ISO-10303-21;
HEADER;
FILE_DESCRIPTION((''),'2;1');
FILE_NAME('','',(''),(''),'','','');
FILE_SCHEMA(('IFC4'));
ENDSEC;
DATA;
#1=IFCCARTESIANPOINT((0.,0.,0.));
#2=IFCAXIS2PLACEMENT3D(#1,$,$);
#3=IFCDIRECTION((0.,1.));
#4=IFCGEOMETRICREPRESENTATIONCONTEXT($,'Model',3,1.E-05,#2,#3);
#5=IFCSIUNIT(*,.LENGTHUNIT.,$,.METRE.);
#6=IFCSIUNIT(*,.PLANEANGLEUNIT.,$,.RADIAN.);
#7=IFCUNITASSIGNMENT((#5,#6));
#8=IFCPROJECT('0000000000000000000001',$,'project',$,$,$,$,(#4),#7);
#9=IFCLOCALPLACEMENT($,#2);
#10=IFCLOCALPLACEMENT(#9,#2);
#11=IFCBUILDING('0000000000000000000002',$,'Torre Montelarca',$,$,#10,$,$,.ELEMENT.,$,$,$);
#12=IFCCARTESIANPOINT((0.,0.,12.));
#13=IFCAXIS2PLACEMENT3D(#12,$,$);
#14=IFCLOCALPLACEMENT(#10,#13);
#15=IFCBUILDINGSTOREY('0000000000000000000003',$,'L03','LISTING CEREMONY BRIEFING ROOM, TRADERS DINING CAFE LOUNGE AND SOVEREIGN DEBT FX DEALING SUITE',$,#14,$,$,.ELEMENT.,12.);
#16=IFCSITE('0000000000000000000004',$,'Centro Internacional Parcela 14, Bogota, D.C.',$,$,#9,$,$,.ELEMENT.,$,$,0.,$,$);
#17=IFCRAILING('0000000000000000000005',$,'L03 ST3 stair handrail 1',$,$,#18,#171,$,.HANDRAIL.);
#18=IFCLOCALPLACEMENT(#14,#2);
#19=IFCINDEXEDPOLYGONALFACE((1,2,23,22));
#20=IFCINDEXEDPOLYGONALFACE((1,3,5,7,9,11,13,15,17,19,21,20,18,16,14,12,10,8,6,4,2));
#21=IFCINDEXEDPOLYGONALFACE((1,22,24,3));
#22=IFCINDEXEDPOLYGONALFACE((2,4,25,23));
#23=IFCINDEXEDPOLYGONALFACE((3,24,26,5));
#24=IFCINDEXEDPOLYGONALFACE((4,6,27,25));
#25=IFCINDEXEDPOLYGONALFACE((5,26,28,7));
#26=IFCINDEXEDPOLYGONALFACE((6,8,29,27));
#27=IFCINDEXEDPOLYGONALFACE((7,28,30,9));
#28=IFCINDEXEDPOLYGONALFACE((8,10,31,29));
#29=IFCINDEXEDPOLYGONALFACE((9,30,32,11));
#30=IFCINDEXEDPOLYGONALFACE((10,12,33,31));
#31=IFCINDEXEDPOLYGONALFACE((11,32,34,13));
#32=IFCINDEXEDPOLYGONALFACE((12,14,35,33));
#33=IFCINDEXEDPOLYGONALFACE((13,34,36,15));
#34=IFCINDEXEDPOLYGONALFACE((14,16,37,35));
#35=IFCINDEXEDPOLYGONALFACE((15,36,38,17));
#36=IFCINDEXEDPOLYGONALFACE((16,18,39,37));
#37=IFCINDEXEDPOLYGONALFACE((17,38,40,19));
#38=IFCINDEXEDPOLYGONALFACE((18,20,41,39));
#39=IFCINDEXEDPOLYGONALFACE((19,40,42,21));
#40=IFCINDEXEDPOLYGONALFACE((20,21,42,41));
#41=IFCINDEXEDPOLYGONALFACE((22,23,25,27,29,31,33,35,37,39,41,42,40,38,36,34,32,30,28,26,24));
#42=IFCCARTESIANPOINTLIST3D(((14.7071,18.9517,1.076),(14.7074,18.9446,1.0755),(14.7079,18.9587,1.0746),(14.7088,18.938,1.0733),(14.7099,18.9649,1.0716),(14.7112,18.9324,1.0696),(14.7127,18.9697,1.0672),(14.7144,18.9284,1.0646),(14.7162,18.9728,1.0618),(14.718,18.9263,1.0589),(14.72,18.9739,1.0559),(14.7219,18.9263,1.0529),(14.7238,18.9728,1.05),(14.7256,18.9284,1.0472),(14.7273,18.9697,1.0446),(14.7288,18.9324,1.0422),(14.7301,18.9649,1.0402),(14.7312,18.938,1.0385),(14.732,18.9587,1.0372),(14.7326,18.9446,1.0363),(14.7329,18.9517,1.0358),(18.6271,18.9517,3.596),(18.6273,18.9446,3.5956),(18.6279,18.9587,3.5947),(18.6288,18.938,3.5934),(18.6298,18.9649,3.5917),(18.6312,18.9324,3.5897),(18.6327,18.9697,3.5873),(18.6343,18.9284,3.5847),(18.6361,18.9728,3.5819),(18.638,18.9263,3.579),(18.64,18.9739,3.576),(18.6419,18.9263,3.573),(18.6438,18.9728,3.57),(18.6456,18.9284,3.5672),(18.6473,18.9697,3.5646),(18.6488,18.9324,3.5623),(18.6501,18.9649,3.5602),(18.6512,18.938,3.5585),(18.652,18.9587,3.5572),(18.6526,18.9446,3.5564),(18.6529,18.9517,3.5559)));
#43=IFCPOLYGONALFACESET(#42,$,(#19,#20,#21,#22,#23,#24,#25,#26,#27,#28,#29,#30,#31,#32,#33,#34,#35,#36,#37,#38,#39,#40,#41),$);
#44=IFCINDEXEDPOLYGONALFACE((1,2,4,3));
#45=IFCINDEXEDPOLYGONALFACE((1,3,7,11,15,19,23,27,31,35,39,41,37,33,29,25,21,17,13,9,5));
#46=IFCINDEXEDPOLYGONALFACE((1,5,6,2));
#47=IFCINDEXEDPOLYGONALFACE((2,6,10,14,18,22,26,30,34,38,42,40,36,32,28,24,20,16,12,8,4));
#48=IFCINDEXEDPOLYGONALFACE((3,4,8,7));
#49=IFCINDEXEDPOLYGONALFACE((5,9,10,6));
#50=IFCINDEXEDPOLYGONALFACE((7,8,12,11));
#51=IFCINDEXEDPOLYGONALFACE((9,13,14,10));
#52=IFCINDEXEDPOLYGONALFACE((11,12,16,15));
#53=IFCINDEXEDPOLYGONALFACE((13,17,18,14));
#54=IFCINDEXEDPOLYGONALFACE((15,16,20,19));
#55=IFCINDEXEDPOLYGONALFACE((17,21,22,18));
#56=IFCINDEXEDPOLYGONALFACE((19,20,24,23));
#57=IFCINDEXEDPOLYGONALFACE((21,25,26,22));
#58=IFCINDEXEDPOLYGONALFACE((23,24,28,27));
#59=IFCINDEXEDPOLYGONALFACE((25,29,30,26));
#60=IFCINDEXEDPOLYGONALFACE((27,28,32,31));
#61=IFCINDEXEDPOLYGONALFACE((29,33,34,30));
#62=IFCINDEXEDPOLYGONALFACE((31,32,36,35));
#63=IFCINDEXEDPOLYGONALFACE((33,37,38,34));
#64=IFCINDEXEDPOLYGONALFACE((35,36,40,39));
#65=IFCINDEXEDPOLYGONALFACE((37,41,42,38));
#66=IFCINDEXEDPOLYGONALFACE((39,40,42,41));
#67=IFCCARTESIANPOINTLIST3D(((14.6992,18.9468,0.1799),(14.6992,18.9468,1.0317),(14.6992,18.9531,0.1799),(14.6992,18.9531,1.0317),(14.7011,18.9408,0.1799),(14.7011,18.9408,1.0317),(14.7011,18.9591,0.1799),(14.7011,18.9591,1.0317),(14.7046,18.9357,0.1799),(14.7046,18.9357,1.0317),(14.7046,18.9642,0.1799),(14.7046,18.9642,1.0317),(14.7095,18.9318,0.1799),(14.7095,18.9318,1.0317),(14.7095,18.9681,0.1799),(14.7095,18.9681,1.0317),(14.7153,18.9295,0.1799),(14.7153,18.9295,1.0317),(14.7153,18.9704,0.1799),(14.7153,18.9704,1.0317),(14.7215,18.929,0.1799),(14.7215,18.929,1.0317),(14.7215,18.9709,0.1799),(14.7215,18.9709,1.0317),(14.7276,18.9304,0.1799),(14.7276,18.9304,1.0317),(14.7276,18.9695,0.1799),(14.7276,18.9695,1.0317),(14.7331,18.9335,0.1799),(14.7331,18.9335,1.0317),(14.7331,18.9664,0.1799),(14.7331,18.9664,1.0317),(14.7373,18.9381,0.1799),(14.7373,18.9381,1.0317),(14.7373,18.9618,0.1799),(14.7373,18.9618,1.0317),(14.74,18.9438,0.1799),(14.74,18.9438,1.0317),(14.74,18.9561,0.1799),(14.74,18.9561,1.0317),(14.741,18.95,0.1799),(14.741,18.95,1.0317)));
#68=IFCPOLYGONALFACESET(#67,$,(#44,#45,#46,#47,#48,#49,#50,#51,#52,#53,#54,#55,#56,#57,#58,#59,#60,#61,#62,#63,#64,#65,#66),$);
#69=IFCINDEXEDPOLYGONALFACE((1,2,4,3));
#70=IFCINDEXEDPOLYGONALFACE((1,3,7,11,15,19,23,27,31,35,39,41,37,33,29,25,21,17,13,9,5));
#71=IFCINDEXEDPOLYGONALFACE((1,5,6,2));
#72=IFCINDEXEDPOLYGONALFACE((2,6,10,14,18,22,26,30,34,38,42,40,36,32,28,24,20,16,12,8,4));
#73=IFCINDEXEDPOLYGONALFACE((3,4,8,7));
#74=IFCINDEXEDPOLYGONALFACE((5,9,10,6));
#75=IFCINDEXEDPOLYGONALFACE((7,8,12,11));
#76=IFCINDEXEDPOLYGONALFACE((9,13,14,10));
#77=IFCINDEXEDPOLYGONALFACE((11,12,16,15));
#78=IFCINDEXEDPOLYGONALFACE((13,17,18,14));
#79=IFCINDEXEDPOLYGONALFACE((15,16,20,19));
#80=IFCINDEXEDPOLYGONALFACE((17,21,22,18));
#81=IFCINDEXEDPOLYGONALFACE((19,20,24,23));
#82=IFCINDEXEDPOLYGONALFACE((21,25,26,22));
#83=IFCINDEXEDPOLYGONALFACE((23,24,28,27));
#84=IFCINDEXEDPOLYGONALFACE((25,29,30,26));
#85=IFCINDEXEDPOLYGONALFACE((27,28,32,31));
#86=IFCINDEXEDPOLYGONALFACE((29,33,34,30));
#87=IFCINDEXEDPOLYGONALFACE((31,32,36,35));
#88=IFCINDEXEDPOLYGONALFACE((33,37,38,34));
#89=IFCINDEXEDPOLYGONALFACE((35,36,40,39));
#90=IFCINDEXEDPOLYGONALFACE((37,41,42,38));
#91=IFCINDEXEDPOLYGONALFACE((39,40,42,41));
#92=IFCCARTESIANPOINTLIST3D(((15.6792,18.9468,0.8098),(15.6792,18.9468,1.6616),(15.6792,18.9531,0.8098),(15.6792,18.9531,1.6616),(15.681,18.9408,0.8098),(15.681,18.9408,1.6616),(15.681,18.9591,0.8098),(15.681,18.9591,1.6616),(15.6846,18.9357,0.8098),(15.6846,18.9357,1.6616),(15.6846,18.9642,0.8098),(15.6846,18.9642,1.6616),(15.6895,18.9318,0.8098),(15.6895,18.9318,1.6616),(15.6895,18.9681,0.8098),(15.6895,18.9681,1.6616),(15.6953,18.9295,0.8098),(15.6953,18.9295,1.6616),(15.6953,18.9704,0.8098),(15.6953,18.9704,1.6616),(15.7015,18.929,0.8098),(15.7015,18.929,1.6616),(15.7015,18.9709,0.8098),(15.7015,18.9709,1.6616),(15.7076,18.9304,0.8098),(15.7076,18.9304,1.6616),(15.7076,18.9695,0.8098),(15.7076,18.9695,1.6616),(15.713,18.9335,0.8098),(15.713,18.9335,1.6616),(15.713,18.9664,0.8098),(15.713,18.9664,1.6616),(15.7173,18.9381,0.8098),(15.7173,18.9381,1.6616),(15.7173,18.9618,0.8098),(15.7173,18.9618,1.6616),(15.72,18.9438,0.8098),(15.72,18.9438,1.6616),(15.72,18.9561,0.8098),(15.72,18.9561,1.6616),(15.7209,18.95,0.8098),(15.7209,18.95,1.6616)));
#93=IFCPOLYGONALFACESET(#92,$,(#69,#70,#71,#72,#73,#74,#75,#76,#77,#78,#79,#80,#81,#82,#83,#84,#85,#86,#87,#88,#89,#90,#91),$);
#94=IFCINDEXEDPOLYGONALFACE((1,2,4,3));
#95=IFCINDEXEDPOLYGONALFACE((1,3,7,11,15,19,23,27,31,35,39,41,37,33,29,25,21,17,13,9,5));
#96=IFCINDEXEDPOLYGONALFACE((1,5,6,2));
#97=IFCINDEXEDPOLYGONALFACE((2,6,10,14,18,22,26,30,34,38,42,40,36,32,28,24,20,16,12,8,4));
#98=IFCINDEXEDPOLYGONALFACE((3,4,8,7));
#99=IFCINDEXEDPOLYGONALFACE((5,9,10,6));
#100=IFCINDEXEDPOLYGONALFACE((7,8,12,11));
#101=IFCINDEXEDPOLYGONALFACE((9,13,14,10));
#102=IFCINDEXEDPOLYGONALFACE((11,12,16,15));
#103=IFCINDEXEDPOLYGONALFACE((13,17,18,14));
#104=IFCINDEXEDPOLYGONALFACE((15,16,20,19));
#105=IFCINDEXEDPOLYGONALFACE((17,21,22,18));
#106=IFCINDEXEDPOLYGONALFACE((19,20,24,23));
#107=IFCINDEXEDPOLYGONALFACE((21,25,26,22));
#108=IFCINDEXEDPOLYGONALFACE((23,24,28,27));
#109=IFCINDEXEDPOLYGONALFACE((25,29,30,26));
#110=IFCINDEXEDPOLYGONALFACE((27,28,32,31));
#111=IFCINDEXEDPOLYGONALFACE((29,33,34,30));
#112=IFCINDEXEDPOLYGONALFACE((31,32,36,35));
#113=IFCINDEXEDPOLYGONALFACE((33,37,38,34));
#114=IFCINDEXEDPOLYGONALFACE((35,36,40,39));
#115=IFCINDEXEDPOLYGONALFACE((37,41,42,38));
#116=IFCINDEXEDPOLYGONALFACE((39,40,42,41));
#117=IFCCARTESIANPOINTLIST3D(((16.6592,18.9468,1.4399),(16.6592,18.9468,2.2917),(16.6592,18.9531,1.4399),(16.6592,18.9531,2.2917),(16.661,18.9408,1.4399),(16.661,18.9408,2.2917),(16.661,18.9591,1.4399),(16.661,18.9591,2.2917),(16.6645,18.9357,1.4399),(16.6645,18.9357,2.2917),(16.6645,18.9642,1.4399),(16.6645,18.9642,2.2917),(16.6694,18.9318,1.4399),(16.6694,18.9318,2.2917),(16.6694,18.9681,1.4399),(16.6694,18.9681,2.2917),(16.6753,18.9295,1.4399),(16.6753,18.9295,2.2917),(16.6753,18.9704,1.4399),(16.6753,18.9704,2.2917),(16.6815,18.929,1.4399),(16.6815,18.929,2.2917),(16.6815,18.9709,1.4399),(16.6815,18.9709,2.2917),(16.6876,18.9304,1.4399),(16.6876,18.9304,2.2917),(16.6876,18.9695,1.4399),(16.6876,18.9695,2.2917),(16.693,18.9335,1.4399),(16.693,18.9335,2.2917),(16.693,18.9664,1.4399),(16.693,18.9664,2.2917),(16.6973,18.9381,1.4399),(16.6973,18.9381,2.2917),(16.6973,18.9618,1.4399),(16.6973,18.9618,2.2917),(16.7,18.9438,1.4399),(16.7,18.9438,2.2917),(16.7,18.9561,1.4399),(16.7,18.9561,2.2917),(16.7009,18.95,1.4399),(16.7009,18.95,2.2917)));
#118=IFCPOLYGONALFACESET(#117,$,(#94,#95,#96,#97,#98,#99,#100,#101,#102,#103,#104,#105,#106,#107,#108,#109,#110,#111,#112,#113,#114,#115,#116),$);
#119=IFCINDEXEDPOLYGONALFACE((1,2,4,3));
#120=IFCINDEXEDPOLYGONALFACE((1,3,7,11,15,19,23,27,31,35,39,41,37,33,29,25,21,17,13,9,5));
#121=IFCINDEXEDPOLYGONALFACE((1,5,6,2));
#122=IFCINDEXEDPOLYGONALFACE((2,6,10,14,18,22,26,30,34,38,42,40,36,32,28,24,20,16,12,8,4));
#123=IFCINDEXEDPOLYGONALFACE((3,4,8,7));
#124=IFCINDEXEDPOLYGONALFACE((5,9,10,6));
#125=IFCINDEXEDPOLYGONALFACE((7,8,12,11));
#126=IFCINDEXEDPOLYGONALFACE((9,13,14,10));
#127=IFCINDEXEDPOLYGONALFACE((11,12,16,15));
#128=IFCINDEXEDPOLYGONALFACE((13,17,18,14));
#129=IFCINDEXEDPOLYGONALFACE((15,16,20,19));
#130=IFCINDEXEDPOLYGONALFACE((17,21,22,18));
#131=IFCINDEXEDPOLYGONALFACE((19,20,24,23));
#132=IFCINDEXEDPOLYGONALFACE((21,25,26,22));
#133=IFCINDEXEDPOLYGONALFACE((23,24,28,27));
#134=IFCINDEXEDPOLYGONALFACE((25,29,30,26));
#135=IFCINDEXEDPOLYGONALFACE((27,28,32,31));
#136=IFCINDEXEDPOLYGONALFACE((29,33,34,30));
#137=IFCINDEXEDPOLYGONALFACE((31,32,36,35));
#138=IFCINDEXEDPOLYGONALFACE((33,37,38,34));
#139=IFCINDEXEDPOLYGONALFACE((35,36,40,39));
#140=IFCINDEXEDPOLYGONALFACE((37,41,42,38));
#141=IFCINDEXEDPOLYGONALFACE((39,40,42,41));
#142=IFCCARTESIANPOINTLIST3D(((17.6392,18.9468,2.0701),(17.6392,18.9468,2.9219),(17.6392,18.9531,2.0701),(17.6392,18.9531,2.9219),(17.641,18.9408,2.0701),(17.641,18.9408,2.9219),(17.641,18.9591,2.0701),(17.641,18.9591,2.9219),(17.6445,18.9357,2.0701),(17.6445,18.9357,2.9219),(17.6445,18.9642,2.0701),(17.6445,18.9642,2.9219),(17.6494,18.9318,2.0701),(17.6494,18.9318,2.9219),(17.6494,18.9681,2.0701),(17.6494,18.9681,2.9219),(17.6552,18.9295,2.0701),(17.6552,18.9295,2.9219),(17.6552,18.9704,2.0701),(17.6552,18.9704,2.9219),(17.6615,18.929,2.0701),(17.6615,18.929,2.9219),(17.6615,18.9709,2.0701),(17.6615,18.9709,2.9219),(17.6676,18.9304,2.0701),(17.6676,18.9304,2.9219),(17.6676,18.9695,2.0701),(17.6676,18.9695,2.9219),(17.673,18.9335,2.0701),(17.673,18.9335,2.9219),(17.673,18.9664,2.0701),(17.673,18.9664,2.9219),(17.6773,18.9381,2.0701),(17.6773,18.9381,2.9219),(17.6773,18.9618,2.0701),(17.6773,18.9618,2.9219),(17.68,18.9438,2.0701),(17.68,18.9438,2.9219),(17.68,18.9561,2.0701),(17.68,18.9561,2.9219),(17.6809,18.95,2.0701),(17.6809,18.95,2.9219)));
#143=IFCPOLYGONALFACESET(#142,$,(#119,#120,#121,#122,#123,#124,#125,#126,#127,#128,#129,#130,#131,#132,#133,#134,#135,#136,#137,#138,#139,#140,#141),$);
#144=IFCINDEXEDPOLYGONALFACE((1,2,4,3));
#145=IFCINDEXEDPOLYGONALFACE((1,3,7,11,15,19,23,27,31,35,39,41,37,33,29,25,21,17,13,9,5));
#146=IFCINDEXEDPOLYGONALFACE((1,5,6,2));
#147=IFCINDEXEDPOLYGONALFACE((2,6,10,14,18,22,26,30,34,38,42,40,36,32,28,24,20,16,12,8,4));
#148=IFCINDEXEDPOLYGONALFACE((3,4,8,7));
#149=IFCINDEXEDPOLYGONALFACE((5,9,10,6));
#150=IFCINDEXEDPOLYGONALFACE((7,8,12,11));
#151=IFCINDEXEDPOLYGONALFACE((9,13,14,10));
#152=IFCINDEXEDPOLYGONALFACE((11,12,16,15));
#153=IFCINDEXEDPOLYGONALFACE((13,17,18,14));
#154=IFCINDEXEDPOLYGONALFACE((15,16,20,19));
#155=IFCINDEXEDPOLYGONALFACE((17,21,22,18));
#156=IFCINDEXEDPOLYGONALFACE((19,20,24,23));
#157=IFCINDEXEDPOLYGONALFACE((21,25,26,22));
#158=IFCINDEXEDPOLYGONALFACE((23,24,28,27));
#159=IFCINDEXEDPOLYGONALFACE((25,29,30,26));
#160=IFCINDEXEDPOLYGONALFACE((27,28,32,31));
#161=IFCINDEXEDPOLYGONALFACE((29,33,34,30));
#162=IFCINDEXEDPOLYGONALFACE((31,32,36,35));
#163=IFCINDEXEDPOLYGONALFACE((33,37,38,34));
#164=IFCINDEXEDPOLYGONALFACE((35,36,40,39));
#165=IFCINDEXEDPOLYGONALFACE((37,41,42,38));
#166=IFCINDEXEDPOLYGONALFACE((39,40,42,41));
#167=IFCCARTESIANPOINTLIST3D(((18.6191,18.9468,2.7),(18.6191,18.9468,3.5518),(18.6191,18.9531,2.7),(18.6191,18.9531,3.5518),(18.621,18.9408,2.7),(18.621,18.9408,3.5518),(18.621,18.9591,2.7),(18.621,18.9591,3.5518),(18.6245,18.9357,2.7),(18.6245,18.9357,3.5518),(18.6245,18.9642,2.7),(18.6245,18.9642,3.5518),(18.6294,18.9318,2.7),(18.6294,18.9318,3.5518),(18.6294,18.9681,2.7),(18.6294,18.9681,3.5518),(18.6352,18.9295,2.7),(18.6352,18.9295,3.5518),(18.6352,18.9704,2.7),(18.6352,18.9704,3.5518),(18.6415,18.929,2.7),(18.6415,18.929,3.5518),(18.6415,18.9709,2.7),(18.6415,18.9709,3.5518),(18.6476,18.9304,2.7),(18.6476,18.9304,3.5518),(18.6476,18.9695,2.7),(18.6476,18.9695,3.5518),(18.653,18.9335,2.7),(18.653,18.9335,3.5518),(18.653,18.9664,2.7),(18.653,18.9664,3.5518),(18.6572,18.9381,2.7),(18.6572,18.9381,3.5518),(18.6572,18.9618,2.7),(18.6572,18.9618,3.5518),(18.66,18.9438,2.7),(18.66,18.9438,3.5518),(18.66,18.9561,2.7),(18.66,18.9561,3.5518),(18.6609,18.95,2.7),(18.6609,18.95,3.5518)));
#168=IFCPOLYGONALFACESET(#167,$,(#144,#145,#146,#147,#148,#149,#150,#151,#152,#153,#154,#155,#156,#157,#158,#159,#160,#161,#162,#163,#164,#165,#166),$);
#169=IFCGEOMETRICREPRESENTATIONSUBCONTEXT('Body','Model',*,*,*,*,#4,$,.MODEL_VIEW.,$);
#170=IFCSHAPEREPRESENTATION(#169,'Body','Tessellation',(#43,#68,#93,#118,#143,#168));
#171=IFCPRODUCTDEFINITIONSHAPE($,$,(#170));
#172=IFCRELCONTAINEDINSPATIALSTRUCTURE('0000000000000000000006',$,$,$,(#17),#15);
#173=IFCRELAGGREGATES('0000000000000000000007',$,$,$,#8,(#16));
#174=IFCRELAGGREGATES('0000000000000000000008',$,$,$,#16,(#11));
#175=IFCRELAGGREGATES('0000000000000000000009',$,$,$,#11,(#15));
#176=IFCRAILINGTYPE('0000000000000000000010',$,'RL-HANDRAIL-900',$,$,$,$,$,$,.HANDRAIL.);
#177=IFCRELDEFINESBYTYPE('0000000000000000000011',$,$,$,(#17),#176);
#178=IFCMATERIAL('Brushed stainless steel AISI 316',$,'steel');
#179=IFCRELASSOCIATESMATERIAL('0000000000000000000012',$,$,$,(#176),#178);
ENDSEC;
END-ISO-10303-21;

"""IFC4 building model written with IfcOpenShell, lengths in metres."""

from ifc_helpers import new_model, si_unit, direction, frame, origin, origin_2d, place, context, subcontext, project, spatial, circle, extrude, material, type_object, element, save


model = new_model("IFC4")

# Units and contexts
model_context = context("Model", 3, precision=1e-05, world=origin(), true_north=direction((0.0, 1.0)))
body_context = subcontext(model_context, "Body", "Model", "MODEL_VIEW")
ifc_project = project(units=[si_unit("LENGTHUNIT", "METRE"), si_unit("PLANEANGLEUNIT", "RADIAN")], contexts=[model_context])

# Site, building, storey
site_placement = place(None, origin())
site = spatial("IfcSite", under=ifc_project, at=site_placement, Name="Centro Internacional Parcela 14, Bogota, D.C.", CompositionType="ELEMENT", RefElevation=0.0)
building_placement = place(site_placement, origin())
building = spatial("IfcBuilding", under=site, at=building_placement, Name="Torre Montelarca", CompositionType="ELEMENT")
storey_placement = place(building_placement, frame((0.0, 0.0, 12.0)))
storey = spatial("IfcBuildingStorey", under=building, at=storey_placement, Name="L03", Description="LISTING CEREMONY BRIEFING ROOM, TRADERS DINING CAFE LOUNGE AND SOVEREIGN DEBT FX DEALING SUITE", CompositionType="ELEMENT", Elevation=12.0)

# Railing
ifc_material_1 = material(Name="Brushed stainless steel AISI 316", Category="steel")
railing_type_1 = type_object("IfcRailingType", Name="RL-HANDRAIL-900", PredefinedType="HANDRAIL", material=ifc_material_1)
railing_1_placement = place(storey_placement, frame((14.72, 18.95, 0.1799)))
element("IfcRailing", 1, at=railing_1_placement, inside=storey, type_object=railing_type_1, Name="L03 ST3 stair handrail 1", PredefinedType="HANDRAIL", context=body_context, shape_type="SweptSolid", body=[
    extrude(circle(Radius=0.0239, at=origin_2d()), frame((0.0, 0.0, 0.876), z_axis=(0.841172, 0.0, 0.540768), x_axis=(0.0, 1.0, 0.0)), (0.0, 0.0, 1.0), 4.6602),
    extrude(circle(Radius=0.021, at=origin_2d()), origin(), (0.0, 0.0, 1.0), 0.8518),
    extrude(circle(Radius=0.021, at=origin_2d()), frame((0.98, 0.0, 0.6299)), (0.0, 0.0, 1.0), 0.8518),
    extrude(circle(Radius=0.021, at=origin_2d()), frame((1.96, 0.0, 1.26)), (0.0, 0.0, 1.0), 0.8518),
    extrude(circle(Radius=0.021, at=origin_2d()), frame((2.9399, 0.0, 1.8901)), (0.0, 0.0, 1.0), 0.8518),
    extrude(circle(Radius=0.021, at=origin_2d()), frame((3.9199, 0.0, 2.52)), (0.0, 0.0, 1.0), 0.8518),
])

save(model, "model.ifc")
